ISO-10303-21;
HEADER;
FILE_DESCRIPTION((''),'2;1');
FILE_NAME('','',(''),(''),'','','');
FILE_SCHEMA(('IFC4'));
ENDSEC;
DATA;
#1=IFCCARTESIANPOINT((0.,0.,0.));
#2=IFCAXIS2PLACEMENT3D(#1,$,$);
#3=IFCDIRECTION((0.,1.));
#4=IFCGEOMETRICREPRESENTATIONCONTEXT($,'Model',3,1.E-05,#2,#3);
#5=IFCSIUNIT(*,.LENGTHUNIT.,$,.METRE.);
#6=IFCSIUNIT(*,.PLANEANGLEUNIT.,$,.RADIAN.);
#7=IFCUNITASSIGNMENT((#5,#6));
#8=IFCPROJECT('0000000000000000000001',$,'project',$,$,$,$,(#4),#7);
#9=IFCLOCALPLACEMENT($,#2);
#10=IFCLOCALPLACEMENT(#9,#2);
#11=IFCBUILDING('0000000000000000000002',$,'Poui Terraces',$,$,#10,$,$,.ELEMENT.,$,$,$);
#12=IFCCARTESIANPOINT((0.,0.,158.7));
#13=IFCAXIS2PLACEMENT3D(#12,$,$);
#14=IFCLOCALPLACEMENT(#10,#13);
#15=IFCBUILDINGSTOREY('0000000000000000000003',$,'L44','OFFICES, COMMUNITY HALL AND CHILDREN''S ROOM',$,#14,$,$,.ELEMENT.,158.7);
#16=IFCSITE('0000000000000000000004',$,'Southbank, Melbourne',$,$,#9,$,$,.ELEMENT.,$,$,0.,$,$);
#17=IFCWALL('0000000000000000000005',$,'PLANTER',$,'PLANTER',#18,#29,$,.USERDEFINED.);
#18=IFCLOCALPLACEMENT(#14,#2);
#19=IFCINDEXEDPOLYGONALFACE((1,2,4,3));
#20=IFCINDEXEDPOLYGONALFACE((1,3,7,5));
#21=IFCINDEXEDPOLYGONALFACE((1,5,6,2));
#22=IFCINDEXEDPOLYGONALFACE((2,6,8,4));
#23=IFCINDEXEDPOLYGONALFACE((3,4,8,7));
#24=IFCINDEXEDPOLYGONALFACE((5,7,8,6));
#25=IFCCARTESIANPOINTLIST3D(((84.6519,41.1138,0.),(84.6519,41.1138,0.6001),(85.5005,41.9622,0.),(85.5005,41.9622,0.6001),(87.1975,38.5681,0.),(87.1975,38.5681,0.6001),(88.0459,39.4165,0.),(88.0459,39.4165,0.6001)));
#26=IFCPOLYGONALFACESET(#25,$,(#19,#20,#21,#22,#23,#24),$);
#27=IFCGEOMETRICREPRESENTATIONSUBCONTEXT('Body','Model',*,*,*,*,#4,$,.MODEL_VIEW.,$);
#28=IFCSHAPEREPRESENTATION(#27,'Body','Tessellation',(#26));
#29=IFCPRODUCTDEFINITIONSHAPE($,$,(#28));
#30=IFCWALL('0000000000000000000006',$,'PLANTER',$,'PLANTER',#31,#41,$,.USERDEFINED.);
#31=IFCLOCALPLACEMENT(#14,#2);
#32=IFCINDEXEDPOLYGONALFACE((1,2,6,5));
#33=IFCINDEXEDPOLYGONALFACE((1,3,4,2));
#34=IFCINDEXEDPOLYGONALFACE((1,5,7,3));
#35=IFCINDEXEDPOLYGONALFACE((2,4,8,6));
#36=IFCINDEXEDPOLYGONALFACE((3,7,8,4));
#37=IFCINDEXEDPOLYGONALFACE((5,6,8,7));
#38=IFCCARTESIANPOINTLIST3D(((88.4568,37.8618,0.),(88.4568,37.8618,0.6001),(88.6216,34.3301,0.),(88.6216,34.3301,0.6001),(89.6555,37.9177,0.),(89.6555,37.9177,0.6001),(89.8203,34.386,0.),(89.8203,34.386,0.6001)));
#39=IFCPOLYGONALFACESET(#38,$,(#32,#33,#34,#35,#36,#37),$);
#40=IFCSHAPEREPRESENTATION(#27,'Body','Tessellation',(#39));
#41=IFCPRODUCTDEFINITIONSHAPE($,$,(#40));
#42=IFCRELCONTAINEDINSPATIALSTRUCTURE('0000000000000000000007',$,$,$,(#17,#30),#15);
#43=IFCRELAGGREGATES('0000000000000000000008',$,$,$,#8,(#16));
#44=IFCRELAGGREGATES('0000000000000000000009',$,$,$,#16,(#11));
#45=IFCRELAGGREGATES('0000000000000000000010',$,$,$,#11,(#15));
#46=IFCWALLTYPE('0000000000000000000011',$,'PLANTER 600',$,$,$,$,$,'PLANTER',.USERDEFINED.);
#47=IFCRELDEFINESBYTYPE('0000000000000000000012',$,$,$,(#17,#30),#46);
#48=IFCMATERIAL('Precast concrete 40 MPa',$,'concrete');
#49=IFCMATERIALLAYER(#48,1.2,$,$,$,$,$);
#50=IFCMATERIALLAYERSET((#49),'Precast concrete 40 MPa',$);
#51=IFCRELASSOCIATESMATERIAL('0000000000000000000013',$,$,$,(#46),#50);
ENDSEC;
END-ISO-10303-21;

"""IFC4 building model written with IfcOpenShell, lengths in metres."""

from ifc_helpers import new_model, si_unit, direction, frame, origin, place, context, subcontext, project, spatial, polyline, outline, extrude, source, transform, mapped, material, layer, layer_set, type_object, element, save


model = new_model("IFC4")

# Units and contexts
model_context = context("Model", 3, precision=1e-05, world=origin(), true_north=direction((0.0, 1.0)))
body_context = subcontext(model_context, "Body", "Model", "MODEL_VIEW")
ifc_project = project(units=[si_unit("LENGTHUNIT", "METRE"), si_unit("PLANEANGLEUNIT", "RADIAN")], contexts=[model_context])

# Site, building, storey
site_placement = place(None, origin())
site = spatial("IfcSite", under=ifc_project, at=site_placement, Name="Southbank, Melbourne", CompositionType="ELEMENT", RefElevation=0.0)
building_placement = place(site_placement, origin())
building = spatial("IfcBuilding", under=site, at=building_placement, Name="Poui Terraces", CompositionType="ELEMENT")
storey_placement = place(building_placement, frame((0.0, 0.0, 158.7)))
storey = spatial("IfcBuildingStorey", under=building, at=storey_placement, Name="L44", Description="OFFICES, COMMUNITY HALL AND CHILDREN'S ROOM", CompositionType="ELEMENT", Elevation=158.7)

# Shared definitions
ifc_material_1 = material(Name="Precast concrete 40 MPa", Category="concrete")

# Walls
ifc_layer_1 = layer(ifc_material_1, 1.2)
ifc_layer_set_1 = layer_set([ifc_layer_1], Name="Precast concrete 40 MPa")
wall_type_1 = type_object("IfcWallType", Name="PLANTER 600", ElementType="PLANTER", PredefinedType="USERDEFINED", material=ifc_layer_set_1)
shared_shape_1 = source(origin(), body_context, "Body", "SweptSolid", [
    extrude(outline(polyline([(0.0, 0.0), (2.5457, -2.5457), (3.394, -1.6973), (0.8486, 0.8484), (0.0, 0.0)])), origin(), (0.0, 0.0, 1.0), 0.6001),
])
wall_1_placement = place(storey_placement, frame((84.6519, 41.1138, 0.0)))
element("IfcWall", 1, at=wall_1_placement, inside=storey, type_object=wall_type_1, Name="PLANTER", ObjectType="PLANTER", PredefinedType="USERDEFINED", context=body_context, shape_type="MappedRepresentation", body=[
    mapped(shared_shape_1, transform((0.0, 0.0, 0.0))),
])
shared_shape_2 = source(origin(), body_context, "Body", "SweptSolid", [
    extrude(outline(polyline([(0.0, 0.0), (0.1648, -3.5317), (1.3635, -3.4758), (1.1987, 0.0559), (0.0, 0.0)])), origin(), (0.0, 0.0, 1.0), 0.6001),
])
wall_2_placement = place(storey_placement, frame((88.4568, 37.8618, 0.0)))
element("IfcWall", 2, at=wall_2_placement, inside=storey, type_object=wall_type_1, Name="PLANTER", ObjectType="PLANTER", PredefinedType="USERDEFINED", context=body_context, shape_type="MappedRepresentation", body=[
    mapped(shared_shape_2, transform((0.0, 0.0, 0.0))),
])

save(model, "model.ifc")
